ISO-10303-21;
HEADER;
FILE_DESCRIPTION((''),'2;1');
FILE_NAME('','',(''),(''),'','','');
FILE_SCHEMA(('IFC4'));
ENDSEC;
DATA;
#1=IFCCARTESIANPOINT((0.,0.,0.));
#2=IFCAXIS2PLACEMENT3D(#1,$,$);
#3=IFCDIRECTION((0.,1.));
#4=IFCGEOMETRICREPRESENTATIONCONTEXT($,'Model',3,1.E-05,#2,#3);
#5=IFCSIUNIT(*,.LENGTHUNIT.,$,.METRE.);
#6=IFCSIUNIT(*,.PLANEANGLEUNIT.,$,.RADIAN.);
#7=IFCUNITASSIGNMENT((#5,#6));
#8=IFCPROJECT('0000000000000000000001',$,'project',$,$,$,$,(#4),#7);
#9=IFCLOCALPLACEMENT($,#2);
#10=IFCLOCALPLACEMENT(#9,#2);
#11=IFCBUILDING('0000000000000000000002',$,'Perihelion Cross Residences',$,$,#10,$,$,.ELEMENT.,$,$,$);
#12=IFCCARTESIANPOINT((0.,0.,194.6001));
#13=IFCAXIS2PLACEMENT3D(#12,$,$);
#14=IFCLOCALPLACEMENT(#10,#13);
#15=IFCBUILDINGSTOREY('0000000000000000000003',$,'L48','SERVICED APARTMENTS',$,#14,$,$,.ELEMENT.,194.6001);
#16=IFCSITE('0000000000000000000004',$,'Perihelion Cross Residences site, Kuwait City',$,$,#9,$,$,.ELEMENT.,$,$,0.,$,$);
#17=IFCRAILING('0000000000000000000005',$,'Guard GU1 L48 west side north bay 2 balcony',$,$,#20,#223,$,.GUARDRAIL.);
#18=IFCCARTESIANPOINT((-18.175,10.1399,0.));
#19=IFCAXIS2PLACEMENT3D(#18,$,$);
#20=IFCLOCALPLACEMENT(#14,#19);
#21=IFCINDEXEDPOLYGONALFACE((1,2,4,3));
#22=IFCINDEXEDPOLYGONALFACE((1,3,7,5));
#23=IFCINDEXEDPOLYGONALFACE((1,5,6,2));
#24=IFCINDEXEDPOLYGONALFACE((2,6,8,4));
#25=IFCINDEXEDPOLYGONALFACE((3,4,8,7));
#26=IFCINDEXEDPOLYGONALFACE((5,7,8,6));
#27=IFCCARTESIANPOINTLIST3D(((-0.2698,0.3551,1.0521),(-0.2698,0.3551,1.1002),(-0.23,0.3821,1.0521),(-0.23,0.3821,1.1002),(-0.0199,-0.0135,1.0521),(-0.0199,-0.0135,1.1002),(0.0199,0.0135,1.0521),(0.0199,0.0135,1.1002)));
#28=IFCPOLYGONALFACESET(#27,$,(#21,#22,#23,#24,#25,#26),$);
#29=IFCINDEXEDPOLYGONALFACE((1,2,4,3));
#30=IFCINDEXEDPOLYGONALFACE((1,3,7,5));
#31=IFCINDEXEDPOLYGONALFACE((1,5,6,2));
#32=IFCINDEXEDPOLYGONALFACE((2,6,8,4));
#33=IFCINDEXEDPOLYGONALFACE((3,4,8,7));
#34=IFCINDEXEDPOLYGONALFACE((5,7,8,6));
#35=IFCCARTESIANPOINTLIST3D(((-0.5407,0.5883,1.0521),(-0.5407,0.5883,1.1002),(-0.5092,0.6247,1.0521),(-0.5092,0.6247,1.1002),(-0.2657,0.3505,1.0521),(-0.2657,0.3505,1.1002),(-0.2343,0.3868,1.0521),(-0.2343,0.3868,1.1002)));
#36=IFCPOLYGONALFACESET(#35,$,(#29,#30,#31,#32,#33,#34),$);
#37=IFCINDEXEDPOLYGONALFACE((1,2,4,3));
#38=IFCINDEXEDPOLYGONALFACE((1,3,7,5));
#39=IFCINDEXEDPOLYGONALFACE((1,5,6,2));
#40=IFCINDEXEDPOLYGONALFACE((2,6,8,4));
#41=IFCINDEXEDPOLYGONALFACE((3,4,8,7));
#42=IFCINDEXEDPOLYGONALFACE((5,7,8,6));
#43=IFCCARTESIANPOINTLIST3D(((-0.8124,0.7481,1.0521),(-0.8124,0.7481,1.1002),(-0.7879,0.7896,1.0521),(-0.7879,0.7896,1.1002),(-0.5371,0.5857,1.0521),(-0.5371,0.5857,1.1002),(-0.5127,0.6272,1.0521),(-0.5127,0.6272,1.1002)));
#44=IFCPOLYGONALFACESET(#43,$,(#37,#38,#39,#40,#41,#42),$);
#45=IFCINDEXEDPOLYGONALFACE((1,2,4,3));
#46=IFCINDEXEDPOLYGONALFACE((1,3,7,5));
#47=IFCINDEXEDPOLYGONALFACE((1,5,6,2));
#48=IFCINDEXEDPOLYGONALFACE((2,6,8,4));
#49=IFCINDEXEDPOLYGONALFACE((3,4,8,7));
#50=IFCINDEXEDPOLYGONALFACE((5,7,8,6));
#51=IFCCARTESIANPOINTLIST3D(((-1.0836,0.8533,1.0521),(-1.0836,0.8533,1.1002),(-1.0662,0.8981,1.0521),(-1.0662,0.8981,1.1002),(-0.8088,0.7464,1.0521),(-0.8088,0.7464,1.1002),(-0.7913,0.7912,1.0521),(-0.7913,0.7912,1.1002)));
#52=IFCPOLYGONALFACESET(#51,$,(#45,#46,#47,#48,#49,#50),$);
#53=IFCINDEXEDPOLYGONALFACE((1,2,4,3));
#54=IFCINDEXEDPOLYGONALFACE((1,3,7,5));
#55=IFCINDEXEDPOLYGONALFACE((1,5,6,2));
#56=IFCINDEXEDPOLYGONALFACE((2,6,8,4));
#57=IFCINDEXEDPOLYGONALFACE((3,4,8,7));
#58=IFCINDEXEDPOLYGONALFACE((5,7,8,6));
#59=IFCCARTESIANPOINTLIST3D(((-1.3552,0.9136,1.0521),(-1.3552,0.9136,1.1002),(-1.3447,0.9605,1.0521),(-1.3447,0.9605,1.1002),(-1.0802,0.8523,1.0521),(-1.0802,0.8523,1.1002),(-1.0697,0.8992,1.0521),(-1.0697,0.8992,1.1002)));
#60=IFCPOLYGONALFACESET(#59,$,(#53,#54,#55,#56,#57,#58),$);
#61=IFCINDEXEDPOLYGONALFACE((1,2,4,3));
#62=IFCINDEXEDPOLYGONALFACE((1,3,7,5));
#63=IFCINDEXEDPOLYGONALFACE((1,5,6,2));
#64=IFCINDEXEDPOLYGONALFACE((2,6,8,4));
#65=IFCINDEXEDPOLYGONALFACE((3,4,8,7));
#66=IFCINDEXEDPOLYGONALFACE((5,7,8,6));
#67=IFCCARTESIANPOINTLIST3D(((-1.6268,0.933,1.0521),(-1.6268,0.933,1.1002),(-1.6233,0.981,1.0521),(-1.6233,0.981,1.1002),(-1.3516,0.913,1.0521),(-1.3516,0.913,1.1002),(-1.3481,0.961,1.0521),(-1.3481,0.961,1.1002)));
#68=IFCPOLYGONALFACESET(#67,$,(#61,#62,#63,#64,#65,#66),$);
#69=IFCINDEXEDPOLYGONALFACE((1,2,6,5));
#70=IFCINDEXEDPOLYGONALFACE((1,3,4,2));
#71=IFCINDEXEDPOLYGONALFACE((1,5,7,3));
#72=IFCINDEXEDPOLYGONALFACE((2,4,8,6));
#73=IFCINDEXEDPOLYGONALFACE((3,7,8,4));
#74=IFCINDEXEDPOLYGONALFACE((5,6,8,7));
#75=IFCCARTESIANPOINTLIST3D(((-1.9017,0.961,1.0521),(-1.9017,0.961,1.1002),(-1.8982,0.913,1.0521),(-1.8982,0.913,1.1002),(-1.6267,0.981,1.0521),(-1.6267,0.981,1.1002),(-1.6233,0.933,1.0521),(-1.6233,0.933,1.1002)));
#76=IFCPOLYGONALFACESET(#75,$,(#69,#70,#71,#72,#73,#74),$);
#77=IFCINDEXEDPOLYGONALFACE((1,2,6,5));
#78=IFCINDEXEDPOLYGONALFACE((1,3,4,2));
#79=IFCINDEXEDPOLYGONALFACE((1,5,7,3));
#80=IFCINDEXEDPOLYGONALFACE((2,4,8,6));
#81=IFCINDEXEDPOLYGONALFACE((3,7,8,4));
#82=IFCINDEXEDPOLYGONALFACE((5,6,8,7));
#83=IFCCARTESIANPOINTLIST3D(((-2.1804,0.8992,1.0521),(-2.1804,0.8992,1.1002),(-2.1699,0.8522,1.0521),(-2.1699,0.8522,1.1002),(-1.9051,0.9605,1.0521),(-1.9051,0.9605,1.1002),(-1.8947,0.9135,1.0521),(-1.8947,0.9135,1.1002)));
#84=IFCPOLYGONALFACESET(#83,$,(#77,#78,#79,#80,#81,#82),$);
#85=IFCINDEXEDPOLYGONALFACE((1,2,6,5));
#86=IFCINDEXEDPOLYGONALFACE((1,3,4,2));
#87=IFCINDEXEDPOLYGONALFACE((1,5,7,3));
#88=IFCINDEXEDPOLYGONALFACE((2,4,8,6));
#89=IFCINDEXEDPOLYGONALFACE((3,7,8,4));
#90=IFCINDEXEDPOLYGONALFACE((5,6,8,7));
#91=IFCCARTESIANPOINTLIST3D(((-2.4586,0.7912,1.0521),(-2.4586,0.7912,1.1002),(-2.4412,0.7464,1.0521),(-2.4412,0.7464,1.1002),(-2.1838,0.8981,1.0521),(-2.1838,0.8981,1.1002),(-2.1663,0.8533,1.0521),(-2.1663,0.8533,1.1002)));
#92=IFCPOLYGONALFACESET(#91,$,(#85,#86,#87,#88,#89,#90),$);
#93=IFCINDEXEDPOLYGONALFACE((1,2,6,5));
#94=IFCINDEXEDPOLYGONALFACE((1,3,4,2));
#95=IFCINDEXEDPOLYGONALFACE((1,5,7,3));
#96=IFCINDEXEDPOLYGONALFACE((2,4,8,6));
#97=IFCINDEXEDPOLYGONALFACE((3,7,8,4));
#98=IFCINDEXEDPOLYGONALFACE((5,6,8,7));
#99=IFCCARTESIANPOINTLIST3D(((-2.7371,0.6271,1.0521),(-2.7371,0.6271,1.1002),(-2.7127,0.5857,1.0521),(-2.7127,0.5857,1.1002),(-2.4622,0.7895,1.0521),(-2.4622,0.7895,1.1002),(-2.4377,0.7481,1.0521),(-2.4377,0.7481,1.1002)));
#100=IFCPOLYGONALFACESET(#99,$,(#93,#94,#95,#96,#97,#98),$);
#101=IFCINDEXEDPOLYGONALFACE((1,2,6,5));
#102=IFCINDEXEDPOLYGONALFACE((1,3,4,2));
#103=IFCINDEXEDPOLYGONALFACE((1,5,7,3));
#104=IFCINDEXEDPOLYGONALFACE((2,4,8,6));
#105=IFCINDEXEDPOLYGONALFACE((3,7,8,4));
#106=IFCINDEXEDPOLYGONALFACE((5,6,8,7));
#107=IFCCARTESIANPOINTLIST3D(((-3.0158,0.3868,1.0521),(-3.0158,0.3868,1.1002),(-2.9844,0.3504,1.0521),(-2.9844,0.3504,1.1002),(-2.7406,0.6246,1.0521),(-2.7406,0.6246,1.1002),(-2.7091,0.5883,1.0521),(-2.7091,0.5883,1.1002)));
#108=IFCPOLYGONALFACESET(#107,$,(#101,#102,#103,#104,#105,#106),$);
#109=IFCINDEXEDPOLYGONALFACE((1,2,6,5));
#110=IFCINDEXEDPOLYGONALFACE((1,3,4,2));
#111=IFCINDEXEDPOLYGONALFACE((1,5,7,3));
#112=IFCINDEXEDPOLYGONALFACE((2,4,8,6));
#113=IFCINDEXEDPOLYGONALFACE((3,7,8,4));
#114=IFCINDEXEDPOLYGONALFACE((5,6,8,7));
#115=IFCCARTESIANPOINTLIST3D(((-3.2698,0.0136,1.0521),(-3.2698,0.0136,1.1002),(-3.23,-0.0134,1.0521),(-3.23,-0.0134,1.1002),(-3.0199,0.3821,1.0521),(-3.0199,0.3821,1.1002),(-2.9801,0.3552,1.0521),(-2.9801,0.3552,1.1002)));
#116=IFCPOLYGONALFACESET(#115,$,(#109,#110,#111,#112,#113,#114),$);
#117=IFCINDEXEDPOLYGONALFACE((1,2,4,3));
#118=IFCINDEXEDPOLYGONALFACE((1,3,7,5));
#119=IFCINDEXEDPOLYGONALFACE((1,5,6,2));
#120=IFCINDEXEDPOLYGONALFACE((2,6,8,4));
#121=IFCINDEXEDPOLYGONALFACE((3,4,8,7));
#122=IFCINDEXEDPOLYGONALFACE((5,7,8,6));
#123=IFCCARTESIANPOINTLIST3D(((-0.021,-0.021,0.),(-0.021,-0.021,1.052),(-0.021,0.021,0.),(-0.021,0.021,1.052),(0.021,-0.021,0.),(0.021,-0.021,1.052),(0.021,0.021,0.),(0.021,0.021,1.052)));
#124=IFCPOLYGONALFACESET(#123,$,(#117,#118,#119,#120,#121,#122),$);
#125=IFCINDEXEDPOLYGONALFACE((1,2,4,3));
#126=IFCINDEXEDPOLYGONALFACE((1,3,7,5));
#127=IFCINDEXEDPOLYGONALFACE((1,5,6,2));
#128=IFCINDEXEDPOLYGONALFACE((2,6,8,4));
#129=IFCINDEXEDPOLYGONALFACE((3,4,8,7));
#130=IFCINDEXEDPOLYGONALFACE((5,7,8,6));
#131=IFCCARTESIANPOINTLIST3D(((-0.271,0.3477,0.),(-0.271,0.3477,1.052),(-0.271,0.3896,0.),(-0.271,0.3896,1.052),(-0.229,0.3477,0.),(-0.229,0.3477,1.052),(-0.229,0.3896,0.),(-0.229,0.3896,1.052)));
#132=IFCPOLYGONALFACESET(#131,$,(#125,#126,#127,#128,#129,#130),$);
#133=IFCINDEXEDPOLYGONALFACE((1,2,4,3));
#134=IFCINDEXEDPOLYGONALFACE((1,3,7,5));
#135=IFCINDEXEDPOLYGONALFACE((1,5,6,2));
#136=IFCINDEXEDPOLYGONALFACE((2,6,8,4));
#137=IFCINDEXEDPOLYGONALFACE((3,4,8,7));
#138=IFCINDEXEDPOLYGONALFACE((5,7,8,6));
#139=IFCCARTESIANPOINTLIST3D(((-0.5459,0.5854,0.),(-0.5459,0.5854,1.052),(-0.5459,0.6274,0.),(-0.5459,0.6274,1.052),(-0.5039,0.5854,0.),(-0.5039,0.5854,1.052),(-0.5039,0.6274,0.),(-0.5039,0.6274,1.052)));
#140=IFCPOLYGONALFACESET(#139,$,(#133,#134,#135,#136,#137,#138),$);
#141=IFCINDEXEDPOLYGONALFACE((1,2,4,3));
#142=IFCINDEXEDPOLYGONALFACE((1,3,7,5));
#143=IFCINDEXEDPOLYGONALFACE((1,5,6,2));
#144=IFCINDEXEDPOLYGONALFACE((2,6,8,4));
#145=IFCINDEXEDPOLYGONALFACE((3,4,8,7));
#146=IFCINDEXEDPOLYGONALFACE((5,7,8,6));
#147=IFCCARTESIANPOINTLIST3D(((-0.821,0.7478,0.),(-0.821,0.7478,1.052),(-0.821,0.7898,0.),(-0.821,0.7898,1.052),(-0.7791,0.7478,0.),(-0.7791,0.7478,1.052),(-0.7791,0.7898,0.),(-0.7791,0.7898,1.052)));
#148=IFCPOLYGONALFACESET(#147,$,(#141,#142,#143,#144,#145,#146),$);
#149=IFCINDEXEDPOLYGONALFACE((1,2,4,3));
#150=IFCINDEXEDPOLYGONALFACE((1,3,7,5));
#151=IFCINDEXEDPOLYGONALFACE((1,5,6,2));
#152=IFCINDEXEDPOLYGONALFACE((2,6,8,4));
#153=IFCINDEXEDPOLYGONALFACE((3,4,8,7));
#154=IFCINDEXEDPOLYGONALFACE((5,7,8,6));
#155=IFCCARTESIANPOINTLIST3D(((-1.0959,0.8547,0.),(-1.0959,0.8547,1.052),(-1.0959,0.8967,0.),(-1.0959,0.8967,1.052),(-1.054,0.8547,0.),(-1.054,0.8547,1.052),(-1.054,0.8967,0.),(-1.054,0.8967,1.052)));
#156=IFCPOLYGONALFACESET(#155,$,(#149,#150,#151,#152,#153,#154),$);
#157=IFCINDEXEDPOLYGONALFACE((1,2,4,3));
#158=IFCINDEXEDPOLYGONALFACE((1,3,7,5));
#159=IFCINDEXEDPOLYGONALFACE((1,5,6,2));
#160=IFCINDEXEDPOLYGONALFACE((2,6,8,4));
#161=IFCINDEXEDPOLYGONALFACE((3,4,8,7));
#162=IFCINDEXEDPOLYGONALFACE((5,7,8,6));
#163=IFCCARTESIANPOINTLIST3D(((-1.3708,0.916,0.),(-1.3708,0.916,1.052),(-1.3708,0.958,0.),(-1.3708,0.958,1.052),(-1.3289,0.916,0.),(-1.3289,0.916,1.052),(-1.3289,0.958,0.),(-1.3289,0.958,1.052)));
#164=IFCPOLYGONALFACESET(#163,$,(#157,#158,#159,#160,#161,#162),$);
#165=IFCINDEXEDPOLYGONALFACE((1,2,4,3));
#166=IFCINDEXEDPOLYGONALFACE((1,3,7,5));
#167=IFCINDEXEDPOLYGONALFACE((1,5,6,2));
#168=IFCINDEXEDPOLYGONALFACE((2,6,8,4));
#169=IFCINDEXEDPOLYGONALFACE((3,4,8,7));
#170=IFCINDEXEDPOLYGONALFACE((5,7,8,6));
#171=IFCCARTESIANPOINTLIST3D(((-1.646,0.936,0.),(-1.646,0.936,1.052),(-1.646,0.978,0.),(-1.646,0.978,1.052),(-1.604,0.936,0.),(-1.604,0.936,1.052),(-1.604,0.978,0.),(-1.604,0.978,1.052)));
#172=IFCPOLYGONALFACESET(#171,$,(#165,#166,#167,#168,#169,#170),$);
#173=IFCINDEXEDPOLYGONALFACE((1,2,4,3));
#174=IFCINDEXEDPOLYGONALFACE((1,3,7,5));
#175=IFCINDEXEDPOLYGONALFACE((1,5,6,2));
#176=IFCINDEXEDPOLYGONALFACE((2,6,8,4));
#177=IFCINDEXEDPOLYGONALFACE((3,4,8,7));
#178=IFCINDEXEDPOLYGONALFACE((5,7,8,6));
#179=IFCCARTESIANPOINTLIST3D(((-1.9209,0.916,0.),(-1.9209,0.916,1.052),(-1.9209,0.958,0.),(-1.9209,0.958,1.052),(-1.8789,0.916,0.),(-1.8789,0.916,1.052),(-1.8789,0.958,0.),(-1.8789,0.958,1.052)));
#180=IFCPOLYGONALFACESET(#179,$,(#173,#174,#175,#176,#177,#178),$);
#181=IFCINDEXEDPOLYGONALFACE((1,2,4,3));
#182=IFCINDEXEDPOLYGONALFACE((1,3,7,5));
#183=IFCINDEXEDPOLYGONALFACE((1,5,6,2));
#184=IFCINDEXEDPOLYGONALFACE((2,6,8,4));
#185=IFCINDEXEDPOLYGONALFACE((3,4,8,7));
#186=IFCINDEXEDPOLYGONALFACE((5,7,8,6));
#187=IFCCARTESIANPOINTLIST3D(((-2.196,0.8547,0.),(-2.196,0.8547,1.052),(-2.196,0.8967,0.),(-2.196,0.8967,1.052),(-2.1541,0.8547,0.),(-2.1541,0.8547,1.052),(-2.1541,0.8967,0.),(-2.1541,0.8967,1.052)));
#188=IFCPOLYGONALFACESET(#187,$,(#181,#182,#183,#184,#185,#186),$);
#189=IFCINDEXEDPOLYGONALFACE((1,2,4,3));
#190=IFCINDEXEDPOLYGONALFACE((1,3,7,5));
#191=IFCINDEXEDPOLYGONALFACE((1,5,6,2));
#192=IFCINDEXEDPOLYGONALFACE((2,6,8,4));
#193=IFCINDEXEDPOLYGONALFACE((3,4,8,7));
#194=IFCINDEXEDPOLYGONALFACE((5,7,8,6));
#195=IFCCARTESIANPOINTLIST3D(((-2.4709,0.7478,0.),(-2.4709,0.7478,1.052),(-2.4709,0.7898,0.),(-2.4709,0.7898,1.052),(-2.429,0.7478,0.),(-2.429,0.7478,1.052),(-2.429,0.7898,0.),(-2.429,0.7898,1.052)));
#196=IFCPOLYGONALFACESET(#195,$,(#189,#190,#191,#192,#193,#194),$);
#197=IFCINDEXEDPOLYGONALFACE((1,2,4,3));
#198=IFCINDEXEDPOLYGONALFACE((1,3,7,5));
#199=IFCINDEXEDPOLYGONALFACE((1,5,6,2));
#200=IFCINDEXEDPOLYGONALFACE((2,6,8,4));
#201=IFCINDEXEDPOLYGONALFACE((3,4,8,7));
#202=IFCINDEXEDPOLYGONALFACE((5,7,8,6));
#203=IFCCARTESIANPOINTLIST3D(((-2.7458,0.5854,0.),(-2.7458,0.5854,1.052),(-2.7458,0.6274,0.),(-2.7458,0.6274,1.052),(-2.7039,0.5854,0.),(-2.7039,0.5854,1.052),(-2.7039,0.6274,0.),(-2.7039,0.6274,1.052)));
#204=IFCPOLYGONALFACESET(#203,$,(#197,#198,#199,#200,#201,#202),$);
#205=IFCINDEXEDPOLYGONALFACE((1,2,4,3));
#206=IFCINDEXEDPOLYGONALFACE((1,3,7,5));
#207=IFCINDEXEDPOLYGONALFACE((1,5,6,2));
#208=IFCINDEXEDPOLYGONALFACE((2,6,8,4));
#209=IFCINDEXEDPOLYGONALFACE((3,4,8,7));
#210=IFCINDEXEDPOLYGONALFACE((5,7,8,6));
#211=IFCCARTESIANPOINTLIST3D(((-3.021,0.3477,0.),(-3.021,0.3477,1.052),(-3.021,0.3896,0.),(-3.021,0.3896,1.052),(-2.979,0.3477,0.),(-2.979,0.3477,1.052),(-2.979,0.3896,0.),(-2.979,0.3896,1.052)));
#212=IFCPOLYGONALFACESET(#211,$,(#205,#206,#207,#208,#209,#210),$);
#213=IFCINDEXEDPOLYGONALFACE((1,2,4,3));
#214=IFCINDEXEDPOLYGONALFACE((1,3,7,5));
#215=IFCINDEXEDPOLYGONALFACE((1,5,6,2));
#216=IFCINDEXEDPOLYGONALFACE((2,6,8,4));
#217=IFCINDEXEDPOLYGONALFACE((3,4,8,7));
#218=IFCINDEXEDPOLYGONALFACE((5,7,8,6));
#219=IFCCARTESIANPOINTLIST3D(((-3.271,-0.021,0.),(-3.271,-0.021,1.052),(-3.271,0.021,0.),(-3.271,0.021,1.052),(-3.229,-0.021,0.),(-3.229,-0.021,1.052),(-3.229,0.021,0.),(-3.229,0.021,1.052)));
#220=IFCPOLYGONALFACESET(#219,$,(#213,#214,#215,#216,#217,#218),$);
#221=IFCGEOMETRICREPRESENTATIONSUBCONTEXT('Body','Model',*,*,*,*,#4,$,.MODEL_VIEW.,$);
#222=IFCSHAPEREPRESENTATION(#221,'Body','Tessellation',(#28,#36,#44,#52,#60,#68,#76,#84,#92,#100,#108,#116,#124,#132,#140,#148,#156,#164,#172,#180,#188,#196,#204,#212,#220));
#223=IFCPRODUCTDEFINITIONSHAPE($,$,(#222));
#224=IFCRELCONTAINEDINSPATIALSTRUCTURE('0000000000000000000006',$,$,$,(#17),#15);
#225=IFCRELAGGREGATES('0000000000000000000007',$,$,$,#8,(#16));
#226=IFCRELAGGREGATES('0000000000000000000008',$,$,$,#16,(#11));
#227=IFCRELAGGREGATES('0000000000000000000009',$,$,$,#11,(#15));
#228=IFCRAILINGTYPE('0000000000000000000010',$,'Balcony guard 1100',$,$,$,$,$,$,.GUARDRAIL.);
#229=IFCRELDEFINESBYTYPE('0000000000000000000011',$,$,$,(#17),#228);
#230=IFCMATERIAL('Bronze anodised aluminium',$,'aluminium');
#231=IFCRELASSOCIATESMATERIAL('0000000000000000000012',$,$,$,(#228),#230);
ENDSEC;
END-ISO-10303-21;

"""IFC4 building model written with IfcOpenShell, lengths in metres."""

from ifc_helpers import new_model, si_unit, direction, frame, origin, origin_2d, place, context, subcontext, project, spatial, rectangle, extrude, material, type_object, element, save


model = new_model("IFC4")

# Units and contexts
model_context = context("Model", 3, precision=1e-05, world=origin(), true_north=direction((0.0, 1.0)))
body_context = subcontext(model_context, "Body", "Model", "MODEL_VIEW")
ifc_project = project(units=[si_unit("LENGTHUNIT", "METRE"), si_unit("PLANEANGLEUNIT", "RADIAN")], contexts=[model_context])

# Site, building, storey
site_placement = place(None, origin())
site = spatial("IfcSite", under=ifc_project, at=site_placement, Name="Perihelion Cross Residences site, Kuwait City", CompositionType="ELEMENT", RefElevation=0.0)
building_placement = place(site_placement, origin())
building = spatial("IfcBuilding", under=site, at=building_placement, Name="Perihelion Cross Residences", CompositionType="ELEMENT")
storey_placement = place(building_placement, frame((0.0, 0.0, 194.6001)))
storey = spatial("IfcBuildingStorey", under=building, at=storey_placement, Name="L48", Description="SERVICED APARTMENTS", CompositionType="ELEMENT", Elevation=194.6001)

# Railing
ifc_material_1 = material(Name="Bronze anodised aluminium", Category="aluminium")
railing_type = type_object("IfcRailingType", Name="Balcony guard 1100", PredefinedType="GUARDRAIL", material=ifc_material_1)
railing_placement = place(storey_placement, frame((-18.175, 10.1399, 0.0)))
element("IfcRailing", 1, at=railing_placement, inside=storey, type_object=railing_type, Name="Guard GU1 L48 west side north bay 2 balcony", PredefinedType="GUARDRAIL", context=body_context, shape_type="SweptSolid", body=[
    extrude(rectangle(XDim=0.0481, YDim=0.0481, at=origin_2d()), frame((0.0, 0.0, 1.0762), z_axis=(-0.56126, 0.827639, 0.0), x_axis=(-0.827639, -0.56126, 0.0)), (0.0, 0.0, 1.0), 0.4453),
    extrude(rectangle(XDim=0.0481, YDim=0.0481, at=origin_2d()), frame((-0.25, 0.3687, 1.0762), z_axis=(-0.756309, 0.654214, 0.0), x_axis=(-0.654214, -0.756309, 0.0)), (0.0, 0.0, 1.0), 0.3635),
    extrude(rectangle(XDim=0.0481, YDim=0.0481, at=origin_2d()), frame((-0.5249, 0.6064, 1.0762), z_axis=(-0.861246, 0.508189, 0.0), x_axis=(-0.508189, -0.861246, 0.0)), (0.0, 0.0, 1.0), 0.3196),
    extrude(rectangle(XDim=0.0481, YDim=0.0481, at=origin_2d()), frame((-0.8, 0.7688, 1.0762), z_axis=(-0.931974, 0.362526, 0.0), x_axis=(-0.362526, -0.931974, 0.0)), (0.0, 0.0, 1.0), 0.2949),
    extrude(rectangle(XDim=0.0481, YDim=0.0481, at=origin_2d()), frame((-1.075, 0.8757, 1.0762), z_axis=(-0.976044, 0.217573, 0.0), x_axis=(-0.217573, -0.976044, 0.0)), (0.0, 0.0, 1.0), 0.2817),
    extrude(rectangle(XDim=0.0481, YDim=0.0481, at=origin_2d()), frame((-1.3499, 0.937, 1.0762), z_axis=(-0.997363, 0.072568, 0.0), x_axis=(-0.072568, -0.997363, 0.0)), (0.0, 0.0, 1.0), 0.2759),
    extrude(rectangle(XDim=0.0481, YDim=0.0481, at=origin_2d()), frame((-1.625, 0.957, 1.0762), z_axis=(-0.997359, -0.072632, 0.0), x_axis=(0.072632, -0.997359, 0.0)), (0.0, 0.0, 1.0), 0.2756),
    extrude(rectangle(XDim=0.0481, YDim=0.0481, at=origin_2d()), frame((-1.8999, 0.937, 1.0762), z_axis=(-0.976085, -0.217389, 0.0), x_axis=(0.217389, -0.976085, 0.0)), (0.0, 0.0, 1.0), 0.282),
    extrude(rectangle(XDim=0.0481, YDim=0.0481, at=origin_2d()), frame((-2.175, 0.8757, 1.0762), z_axis=(-0.931974, -0.362526, 0.0), x_axis=(0.362526, -0.931974, 0.0)), (0.0, 0.0, 1.0), 0.2949),
    extrude(rectangle(XDim=0.0481, YDim=0.0481, at=origin_2d()), frame((-2.45, 0.7688, 1.0762), z_axis=(-0.861048, -0.508523, 0.0), x_axis=(0.508523, -0.861048, 0.0)), (0.0, 0.0, 1.0), 0.3193),
    extrude(rectangle(XDim=0.0481, YDim=0.0481, at=origin_2d()), frame((-2.7249, 0.6064, 1.0762), z_axis=(-0.756597, -0.653882, 0.0), x_axis=(0.653882, -0.756597, 0.0)), (0.0, 0.0, 1.0), 0.3638),
    extrude(rectangle(XDim=0.0481, YDim=0.0481, at=origin_2d()), frame((-3.0, 0.3687, 1.0762), z_axis=(-0.56126, -0.827639, 0.0), x_axis=(0.827639, -0.56126, 0.0)), (0.0, 0.0, 1.0), 0.4453),
    extrude(rectangle(XDim=0.042, YDim=0.042, at=origin_2d()), origin(), (0.0, 0.0, 1.0), 1.052),
    extrude(rectangle(XDim=0.042, YDim=0.042, at=origin_2d()), frame((-0.25, 0.3687, 0.0)), (0.0, 0.0, 1.0), 1.052),
    extrude(rectangle(XDim=0.042, YDim=0.042, at=origin_2d()), frame((-0.5249, 0.6064, 0.0)), (0.0, 0.0, 1.0), 1.052),
    extrude(rectangle(XDim=0.042, YDim=0.042, at=origin_2d()), frame((-0.8, 0.7688, 0.0)), (0.0, 0.0, 1.0), 1.052),
    extrude(rectangle(XDim=0.042, YDim=0.042, at=origin_2d()), frame((-1.075, 0.8757, 0.0)), (0.0, 0.0, 1.0), 1.052),
    extrude(rectangle(XDim=0.042, YDim=0.042, at=origin_2d()), frame((-1.3499, 0.937, 0.0)), (0.0, 0.0, 1.0), 1.052),
    extrude(rectangle(XDim=0.042, YDim=0.042, at=origin_2d()), frame((-1.625, 0.957, 0.0)), (0.0, 0.0, 1.0), 1.052),
    extrude(rectangle(XDim=0.042, YDim=0.042, at=origin_2d()), frame((-1.8999, 0.937, 0.0)), (0.0, 0.0, 1.0), 1.052),
    extrude(rectangle(XDim=0.042, YDim=0.042, at=origin_2d()), frame((-2.175, 0.8757, 0.0)), (0.0, 0.0, 1.0), 1.052),
    extrude(rectangle(XDim=0.042, YDim=0.042, at=origin_2d()), frame((-2.45, 0.7688, 0.0)), (0.0, 0.0, 1.0), 1.052),
    extrude(rectangle(XDim=0.042, YDim=0.042, at=origin_2d()), frame((-2.7249, 0.6064, 0.0)), (0.0, 0.0, 1.0), 1.052),
    extrude(rectangle(XDim=0.042, YDim=0.042, at=origin_2d()), frame((-3.0, 0.3687, 0.0)), (0.0, 0.0, 1.0), 1.052),
    extrude(rectangle(XDim=0.042, YDim=0.042, at=origin_2d()), frame((-3.25, 0.0, 0.0)), (0.0, 0.0, 1.0), 1.052),
])

save(model, "model.ifc")
